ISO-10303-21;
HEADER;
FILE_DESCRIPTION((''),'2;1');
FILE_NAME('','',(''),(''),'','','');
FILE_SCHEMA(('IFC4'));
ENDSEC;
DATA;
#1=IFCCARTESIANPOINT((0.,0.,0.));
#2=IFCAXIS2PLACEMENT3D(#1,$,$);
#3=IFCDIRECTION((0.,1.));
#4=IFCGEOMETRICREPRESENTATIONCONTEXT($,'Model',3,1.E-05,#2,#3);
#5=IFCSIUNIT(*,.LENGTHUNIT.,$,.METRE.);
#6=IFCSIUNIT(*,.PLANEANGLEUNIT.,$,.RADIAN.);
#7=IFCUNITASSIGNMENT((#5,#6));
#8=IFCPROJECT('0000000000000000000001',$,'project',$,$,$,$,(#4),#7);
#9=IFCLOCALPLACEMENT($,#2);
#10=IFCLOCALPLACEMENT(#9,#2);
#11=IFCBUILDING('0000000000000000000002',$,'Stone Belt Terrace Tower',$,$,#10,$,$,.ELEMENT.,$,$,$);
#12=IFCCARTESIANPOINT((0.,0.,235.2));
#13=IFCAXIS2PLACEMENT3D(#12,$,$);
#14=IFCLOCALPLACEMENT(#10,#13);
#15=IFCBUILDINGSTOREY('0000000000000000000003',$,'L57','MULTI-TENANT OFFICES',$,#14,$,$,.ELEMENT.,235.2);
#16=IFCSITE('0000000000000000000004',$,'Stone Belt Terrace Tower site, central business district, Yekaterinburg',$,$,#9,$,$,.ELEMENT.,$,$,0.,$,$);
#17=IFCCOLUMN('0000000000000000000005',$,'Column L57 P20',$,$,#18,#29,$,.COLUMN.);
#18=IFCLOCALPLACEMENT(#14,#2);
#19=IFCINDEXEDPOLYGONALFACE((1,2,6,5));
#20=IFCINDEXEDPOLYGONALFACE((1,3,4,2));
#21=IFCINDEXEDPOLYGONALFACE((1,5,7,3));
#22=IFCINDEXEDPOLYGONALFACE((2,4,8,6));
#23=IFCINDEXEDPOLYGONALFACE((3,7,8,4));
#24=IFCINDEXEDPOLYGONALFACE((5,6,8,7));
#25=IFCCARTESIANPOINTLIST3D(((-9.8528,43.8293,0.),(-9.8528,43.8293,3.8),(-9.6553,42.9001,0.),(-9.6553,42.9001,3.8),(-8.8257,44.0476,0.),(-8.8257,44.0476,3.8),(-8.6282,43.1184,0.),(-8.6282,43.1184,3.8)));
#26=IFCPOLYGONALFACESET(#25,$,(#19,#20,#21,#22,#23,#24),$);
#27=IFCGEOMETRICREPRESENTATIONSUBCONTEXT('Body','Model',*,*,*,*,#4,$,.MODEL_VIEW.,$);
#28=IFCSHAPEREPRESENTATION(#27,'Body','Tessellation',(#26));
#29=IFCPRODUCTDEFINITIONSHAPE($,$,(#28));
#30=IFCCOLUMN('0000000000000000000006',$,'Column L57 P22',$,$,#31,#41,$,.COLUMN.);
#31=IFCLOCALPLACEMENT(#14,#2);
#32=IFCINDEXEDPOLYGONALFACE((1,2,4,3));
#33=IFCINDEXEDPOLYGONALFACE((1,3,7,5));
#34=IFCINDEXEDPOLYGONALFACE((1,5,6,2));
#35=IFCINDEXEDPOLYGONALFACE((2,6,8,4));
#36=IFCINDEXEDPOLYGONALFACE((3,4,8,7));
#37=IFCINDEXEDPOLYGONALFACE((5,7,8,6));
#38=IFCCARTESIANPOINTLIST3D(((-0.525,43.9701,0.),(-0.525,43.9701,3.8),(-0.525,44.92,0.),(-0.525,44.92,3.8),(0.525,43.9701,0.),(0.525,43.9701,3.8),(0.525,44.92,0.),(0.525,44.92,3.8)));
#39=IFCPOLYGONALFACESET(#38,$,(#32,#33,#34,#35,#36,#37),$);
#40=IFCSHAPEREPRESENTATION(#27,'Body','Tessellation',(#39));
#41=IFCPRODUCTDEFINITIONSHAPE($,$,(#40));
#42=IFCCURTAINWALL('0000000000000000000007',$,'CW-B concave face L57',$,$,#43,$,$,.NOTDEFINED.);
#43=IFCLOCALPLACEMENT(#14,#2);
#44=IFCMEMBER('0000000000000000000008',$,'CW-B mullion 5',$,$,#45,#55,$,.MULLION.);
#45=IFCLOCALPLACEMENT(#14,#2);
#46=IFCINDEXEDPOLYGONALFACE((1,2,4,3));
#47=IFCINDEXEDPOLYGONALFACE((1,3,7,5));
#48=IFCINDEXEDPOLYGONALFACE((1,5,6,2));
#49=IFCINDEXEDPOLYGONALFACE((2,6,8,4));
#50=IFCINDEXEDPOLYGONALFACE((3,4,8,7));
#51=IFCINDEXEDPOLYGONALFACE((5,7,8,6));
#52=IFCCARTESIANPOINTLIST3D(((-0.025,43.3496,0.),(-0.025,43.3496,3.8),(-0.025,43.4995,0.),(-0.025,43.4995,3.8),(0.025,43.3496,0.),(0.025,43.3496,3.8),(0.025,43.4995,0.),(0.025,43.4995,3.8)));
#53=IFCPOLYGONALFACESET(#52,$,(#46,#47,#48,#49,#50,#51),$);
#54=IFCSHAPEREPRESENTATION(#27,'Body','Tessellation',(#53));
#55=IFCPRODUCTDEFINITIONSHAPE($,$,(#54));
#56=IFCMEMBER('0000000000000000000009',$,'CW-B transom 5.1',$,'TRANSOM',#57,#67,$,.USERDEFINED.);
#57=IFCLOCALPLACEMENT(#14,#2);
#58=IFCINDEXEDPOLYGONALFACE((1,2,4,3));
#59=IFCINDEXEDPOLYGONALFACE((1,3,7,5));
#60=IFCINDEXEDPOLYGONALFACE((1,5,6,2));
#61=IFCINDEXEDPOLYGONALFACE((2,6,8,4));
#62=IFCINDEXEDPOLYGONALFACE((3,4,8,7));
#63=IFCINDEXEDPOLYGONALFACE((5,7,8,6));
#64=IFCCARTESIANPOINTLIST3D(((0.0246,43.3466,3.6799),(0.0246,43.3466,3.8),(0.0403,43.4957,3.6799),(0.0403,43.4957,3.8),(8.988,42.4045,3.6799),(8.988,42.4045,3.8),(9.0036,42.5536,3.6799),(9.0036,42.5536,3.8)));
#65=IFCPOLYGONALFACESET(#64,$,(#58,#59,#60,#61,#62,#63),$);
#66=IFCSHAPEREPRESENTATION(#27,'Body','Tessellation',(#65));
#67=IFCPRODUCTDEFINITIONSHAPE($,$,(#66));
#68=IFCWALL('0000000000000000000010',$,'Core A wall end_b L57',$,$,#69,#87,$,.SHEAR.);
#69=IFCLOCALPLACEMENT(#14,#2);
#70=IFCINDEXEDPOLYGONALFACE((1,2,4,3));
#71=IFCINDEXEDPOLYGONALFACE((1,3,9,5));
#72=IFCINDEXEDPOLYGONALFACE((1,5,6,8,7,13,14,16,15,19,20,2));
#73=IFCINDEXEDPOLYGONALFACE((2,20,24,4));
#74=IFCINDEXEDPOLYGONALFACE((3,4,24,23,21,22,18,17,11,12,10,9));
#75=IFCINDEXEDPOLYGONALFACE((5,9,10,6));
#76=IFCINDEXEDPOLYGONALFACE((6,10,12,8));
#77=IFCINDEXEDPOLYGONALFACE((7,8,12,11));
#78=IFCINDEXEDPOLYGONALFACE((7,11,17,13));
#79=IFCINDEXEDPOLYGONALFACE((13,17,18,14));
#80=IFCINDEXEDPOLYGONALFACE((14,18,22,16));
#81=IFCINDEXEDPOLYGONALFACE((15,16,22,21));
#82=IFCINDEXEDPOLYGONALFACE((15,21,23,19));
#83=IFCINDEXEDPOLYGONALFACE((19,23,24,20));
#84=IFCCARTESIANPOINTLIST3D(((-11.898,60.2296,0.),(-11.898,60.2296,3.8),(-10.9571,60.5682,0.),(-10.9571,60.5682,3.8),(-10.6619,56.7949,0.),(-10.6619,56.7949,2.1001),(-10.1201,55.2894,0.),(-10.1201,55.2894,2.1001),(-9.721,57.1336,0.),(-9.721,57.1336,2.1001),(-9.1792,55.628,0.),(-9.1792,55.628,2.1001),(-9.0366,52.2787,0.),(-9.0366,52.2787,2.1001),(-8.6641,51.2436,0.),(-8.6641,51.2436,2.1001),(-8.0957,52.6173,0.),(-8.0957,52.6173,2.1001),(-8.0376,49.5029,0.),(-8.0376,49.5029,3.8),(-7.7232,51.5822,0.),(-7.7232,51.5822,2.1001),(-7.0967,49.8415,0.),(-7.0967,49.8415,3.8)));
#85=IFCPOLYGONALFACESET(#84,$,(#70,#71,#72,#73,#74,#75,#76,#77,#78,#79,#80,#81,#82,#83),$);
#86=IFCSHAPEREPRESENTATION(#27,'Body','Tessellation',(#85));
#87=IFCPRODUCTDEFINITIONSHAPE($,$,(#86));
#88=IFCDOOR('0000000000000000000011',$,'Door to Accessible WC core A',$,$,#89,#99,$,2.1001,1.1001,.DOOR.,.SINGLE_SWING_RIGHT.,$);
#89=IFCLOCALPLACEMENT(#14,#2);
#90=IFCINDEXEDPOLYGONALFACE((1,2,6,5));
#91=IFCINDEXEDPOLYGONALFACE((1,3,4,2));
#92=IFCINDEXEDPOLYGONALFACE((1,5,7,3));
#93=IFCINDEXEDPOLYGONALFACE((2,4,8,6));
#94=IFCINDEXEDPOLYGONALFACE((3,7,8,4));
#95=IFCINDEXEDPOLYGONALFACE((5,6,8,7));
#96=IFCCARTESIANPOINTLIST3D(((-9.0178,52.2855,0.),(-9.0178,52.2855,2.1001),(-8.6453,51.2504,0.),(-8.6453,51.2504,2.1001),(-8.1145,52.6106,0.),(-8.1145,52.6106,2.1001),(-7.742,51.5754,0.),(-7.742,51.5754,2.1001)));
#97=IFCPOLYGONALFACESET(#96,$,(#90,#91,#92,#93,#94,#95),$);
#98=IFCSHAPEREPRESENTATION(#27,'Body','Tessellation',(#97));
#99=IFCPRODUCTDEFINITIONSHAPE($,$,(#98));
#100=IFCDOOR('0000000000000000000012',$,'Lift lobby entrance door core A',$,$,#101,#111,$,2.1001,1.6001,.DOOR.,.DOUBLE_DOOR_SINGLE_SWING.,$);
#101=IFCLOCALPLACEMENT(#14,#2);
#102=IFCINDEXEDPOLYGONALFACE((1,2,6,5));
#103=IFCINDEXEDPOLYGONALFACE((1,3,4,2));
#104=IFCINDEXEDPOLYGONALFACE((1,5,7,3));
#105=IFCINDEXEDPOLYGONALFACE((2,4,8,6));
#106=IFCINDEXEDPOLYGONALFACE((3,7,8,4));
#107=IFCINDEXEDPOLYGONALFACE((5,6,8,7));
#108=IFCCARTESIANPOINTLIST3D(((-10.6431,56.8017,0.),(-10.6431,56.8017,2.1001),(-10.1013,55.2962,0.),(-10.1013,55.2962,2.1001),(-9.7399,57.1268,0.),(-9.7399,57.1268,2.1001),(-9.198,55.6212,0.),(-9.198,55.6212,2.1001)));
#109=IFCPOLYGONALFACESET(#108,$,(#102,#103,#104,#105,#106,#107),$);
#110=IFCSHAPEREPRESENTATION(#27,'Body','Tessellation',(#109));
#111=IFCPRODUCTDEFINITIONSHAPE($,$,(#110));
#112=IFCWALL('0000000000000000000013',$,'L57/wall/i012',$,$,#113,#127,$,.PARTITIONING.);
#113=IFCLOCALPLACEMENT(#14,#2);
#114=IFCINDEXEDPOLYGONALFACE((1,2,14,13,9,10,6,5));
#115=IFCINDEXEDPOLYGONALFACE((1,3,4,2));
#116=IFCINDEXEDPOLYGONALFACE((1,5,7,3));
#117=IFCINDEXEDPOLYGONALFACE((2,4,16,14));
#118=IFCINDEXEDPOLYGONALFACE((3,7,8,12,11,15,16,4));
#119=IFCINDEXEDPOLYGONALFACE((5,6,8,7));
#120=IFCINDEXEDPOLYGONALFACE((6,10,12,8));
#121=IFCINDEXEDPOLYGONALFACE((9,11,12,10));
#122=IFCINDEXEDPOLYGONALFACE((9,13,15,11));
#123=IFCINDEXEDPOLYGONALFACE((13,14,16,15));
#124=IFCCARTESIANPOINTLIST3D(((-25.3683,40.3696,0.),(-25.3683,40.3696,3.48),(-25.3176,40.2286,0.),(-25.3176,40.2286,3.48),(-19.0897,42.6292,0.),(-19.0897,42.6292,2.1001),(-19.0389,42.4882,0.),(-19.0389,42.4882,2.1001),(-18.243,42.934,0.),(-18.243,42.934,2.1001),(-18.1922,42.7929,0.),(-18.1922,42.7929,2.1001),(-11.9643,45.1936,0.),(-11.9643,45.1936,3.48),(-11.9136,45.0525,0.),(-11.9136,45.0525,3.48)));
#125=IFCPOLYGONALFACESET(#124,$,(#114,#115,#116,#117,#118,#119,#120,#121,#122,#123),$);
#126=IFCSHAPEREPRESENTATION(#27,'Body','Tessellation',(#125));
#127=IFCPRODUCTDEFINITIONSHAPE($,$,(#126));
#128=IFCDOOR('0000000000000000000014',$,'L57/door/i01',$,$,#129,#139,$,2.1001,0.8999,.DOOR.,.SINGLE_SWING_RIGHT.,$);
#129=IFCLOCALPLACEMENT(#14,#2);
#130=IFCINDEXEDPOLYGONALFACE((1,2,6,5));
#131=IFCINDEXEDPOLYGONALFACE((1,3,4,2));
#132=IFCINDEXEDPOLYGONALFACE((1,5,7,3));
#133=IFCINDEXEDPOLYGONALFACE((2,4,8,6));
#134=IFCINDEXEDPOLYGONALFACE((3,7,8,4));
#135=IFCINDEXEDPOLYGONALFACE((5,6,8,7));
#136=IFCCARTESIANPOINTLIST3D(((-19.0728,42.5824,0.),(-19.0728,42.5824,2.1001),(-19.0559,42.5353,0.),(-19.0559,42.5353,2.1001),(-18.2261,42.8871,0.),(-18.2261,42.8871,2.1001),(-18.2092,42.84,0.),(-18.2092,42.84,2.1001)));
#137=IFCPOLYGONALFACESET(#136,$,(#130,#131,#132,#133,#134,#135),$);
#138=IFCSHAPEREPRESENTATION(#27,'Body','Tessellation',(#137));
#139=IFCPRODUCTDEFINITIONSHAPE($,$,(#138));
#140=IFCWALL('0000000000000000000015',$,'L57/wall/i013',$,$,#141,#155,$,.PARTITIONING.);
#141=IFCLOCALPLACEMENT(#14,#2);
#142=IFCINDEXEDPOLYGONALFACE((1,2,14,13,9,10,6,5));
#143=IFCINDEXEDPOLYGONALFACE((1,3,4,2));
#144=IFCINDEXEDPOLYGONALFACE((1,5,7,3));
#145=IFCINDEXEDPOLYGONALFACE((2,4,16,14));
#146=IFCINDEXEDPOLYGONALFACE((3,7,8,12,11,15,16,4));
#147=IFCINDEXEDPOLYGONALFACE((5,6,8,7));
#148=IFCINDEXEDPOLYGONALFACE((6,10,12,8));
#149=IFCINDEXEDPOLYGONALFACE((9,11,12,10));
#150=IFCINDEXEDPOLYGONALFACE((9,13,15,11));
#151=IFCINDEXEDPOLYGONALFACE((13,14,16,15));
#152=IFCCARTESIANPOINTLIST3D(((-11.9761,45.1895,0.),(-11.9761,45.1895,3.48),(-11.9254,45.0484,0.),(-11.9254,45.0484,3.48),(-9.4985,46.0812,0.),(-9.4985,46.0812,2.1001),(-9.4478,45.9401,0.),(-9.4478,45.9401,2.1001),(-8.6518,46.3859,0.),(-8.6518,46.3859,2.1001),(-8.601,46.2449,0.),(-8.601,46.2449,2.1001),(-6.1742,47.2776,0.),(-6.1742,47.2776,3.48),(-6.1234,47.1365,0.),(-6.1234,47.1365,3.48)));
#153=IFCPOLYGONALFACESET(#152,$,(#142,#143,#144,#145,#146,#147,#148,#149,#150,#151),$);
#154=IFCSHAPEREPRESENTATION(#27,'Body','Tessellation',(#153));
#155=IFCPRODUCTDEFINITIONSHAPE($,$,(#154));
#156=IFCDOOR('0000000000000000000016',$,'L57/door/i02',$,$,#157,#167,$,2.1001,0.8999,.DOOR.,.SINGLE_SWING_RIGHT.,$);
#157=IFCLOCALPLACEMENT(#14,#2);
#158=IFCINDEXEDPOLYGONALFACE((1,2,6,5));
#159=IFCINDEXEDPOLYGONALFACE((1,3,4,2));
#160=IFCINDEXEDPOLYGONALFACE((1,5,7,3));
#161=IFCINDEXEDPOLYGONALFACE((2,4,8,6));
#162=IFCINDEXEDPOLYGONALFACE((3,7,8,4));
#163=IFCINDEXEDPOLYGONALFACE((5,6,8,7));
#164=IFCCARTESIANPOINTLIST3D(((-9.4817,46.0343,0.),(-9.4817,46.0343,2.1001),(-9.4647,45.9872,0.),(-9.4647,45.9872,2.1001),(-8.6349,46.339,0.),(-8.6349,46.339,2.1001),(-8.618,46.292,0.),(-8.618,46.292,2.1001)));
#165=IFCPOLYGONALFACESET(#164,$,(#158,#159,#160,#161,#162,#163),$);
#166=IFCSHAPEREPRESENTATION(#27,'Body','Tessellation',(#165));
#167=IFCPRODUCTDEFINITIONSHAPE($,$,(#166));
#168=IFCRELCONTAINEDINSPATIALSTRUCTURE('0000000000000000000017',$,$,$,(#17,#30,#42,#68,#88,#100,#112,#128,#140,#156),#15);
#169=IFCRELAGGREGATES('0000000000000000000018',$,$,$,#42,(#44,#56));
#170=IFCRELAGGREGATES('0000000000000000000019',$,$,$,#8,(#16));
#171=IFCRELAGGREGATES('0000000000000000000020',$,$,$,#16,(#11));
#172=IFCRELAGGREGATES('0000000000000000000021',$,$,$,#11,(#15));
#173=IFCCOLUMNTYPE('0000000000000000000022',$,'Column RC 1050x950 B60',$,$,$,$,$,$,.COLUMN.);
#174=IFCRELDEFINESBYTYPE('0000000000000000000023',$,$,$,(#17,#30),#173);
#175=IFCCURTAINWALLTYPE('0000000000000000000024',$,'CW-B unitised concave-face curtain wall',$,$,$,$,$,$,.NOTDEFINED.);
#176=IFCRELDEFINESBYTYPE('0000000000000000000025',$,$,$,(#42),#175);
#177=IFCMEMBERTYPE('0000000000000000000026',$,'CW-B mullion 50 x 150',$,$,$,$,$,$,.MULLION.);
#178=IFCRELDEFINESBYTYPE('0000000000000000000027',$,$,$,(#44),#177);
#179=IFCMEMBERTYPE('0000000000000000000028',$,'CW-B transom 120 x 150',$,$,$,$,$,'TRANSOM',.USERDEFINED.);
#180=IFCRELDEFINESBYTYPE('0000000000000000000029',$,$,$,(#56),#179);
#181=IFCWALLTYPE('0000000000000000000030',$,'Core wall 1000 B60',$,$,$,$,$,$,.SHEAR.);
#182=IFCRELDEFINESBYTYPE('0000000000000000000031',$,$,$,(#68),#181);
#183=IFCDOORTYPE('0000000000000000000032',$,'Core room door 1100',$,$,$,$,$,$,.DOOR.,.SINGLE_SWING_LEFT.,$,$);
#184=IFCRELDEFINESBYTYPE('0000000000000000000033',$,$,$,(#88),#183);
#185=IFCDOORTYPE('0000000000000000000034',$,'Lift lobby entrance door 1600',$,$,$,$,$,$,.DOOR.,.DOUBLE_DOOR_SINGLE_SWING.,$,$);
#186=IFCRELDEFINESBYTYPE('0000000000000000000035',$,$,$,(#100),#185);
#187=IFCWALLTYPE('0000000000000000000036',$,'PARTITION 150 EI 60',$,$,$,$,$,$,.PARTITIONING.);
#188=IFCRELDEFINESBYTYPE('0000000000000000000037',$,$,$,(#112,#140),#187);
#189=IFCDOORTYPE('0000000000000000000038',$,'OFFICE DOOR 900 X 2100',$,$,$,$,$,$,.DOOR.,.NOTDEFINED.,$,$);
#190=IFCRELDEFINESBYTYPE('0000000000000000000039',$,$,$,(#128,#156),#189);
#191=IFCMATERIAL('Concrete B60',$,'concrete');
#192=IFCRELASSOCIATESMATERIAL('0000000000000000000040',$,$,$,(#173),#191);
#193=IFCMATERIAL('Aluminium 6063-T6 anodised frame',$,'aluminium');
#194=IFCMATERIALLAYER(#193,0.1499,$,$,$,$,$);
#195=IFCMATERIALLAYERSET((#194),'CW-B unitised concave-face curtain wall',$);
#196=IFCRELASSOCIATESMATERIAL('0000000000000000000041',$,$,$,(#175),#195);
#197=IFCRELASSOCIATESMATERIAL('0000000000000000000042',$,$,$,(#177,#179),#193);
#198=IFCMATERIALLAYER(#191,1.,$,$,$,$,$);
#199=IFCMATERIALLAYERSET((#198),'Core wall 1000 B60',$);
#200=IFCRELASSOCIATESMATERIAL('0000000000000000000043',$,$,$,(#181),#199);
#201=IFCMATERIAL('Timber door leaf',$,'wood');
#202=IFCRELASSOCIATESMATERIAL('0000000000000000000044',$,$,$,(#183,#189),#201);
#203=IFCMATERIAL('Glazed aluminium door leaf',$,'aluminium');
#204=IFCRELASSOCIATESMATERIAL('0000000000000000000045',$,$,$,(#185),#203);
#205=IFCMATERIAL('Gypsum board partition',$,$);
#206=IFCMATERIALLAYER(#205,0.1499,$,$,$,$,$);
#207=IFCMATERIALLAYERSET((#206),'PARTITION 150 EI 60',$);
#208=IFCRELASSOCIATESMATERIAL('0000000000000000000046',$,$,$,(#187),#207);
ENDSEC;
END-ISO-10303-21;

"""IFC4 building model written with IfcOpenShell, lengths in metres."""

from ifc_helpers import new_model, si_unit, direction, frame, frame_2d, origin, origin_2d, place, context, subcontext, project, spatial, rectangle, extrude, material, layer, layer_set, material_profile, profile_set, type_object, element, fill, aggregate, save


model = new_model("IFC4")

# Units and contexts
model_context = context("Model", 3, precision=1e-05, world=origin(), true_north=direction((0.0, 1.0)))
body_context = subcontext(model_context, "Body", "Model", "MODEL_VIEW")
ifc_project = project(units=[si_unit("LENGTHUNIT", "METRE"), si_unit("PLANEANGLEUNIT", "RADIAN")], contexts=[model_context])

# Site, building, storey
site_placement = place(None, origin())
site = spatial("IfcSite", under=ifc_project, at=site_placement, Name="Stone Belt Terrace Tower site, central business district, Yekaterinburg", CompositionType="ELEMENT", RefElevation=0.0)
building_placement = place(site_placement, origin())
building = spatial("IfcBuilding", under=site, at=building_placement, Name="Stone Belt Terrace Tower", CompositionType="ELEMENT")
storey_placement = place(building_placement, frame((0.0, 0.0, 235.2)))
storey = spatial("IfcBuildingStorey", under=building, at=storey_placement, Name="L57", Description="MULTI-TENANT OFFICES", CompositionType="ELEMENT", Elevation=235.2)

# Columns
ifc_material_1 = material(Name="Concrete B60", Category="concrete")
ifc_material_profile_1 = material_profile(ifc_material_1, rectangle(XDim=1.05, YDim=0.95, at=origin_2d()), Name="RC 1050x950")
ifc_profile_set_1 = profile_set([ifc_material_profile_1], Name="Concrete B60")
column_type = type_object("IfcColumnType", Name="Column RC 1050x950 B60", PredefinedType="COLUMN", material=ifc_profile_set_1)
for number, where, z_axis, x_axis, name in (
    (1, (-9.2405, 43.4739, 0.0), (0.0, 0.0, 1.0), (0.978148, 0.207912, 0.0), "Column L57 P20"),
    (2, (0.0, 44.4451, 0.0), (0.0, 0.0, 1.0), (1.0, 0.0, 0.0), "Column L57 P22"),
):
    element("IfcColumn", number, at=place(storey_placement, frame(where, z_axis=z_axis, x_axis=x_axis)), inside=storey, type_object=column_type, Name=name, PredefinedType="COLUMN", context=body_context, shape_type="SweptSolid", body=[
        extrude(rectangle(XDim=1.05, YDim=0.95, at=origin_2d()), origin(), (0.0, 0.0, 1.0), 3.8),
    ])

# Curtain wall, members
ifc_material_2 = material(Name="Aluminium 6063-T6 anodised frame", Category="aluminium")
ifc_layer_1 = layer(ifc_material_2, 0.1499)
ifc_layer_set_1 = layer_set([ifc_layer_1], Name="CW-B unitised concave-face curtain wall")
curtain_wall_type = type_object("IfcCurtainWallType", Name="CW-B unitised concave-face curtain wall", PredefinedType="NOTDEFINED", material=ifc_layer_set_1)
curtain_wall_placement = place(storey_placement, origin())
curtain_wall = element("IfcCurtainWall", 3, at=curtain_wall_placement, inside=storey, type_object=curtain_wall_type, Name="CW-B concave face L57", PredefinedType="NOTDEFINED")
ifc_material_profile_2 = material_profile(ifc_material_2, rectangle(XDim=0.1499, YDim=0.05, at=origin_2d()), Name="Aluminium 6063-T6 50x150")
ifc_profile_set_2 = profile_set([ifc_material_profile_2], Name="Aluminium 6063-T6 anodised frame")
member_type_1 = type_object("IfcMemberType", Name="CW-B mullion 50 x 150", PredefinedType="MULLION", material=ifc_profile_set_2)
member_1_placement = place(storey_placement, frame((0.0, 43.4246, 0.0), z_axis=(0.0, 0.0, 1.0), x_axis=(0.0, 1.0, 0.0)))
member_1 = element("IfcMember", 4, at=member_1_placement, type_object=member_type_1, Name="CW-B mullion 5", PredefinedType="MULLION", context=body_context, shape_type="SweptSolid", body=[
    extrude(rectangle(XDim=0.1499, YDim=0.05, at=origin_2d()), origin(), (0.0, 0.0, 1.0), 3.8),
])
ifc_material_profile_3 = material_profile(ifc_material_2, rectangle(XDim=0.1499, YDim=0.1201, at=origin_2d()), Name="Aluminium 6063-T6 150x120")
ifc_profile_set_3 = profile_set([ifc_material_profile_3], Name="Aluminium 6063-T6 anodised frame")
member_type_2 = type_object("IfcMemberType", Name="CW-B transom 120 x 150", ElementType="TRANSOM", PredefinedType="USERDEFINED", material=ifc_profile_set_3)
member_2_placement = place(storey_placement, frame((0.0325, 43.4211, 3.74), z_axis=(0.994521, -0.104534, 0.0), x_axis=(0.104534, 0.994521, 0.0)))
member_2 = element("IfcMember", 5, at=member_2_placement, type_object=member_type_2, Name="CW-B transom 5.1", ObjectType="TRANSOM", PredefinedType="USERDEFINED", context=body_context, shape_type="SweptSolid", body=[
    extrude(rectangle(XDim=0.1499, YDim=0.1201, at=origin_2d()), origin(), (0.0, 0.0, 1.0), 9.0127),
])
aggregate(curtain_wall, [member_1, member_2])

# Wall, openings, doors
ifc_layer_2 = layer(ifc_material_1, 1.0)
ifc_layer_set_2 = layer_set([ifc_layer_2], Name="Core wall 1000 B60")
wall_type_1 = type_object("IfcWallType", Name="Core wall 1000 B60", PredefinedType="SHEAR", material=ifc_layer_set_2)
wall_1_placement = place(storey_placement, frame((-7.5671, 49.6721, 0.0), z_axis=(0.0, 0.0, 1.0), x_axis=(-0.338625, 0.940921, 0.0)))
wall_1 = element("IfcWall", 6, at=wall_1_placement, inside=storey, type_object=wall_type_1, Name="Core A wall end_b L57", PredefinedType="SHEAR", context=body_context, shape_type="SweptSolid", body=[
    extrude(rectangle(XDim=11.4001, YDim=1.0, at=frame_2d((5.7002, 0.0))), origin(), (0.0, 0.0, 1.0), 3.8),
])
opening_1_placement = place(wall_1_placement, frame((6.1499, 0.0, 0.0)))
opening_1 = element("IfcOpeningElement", 7, at=opening_1_placement, cuts=wall_1, PredefinedType="OPENING", context=body_context, shape_type="SweptSolid", body=[
    extrude(rectangle(XDim=1.6001, YDim=2.1001, at=frame_2d((0.8, 1.05))), frame((0.0, 0.51, 0.0), z_axis=(0.0, -1.0, 0.0), x_axis=(1.0, 0.0, 0.0)), (0.0, 0.0, 1.0), 1.02),
])
opening_2_placement = place(wall_1_placement, frame((1.8501, 0.0, 0.0)))
opening_2 = element("IfcOpeningElement", 8, at=opening_2_placement, cuts=wall_1, PredefinedType="OPENING", context=body_context, shape_type="SweptSolid", body=[
    extrude(rectangle(XDim=1.1001, YDim=2.1001, at=frame_2d((0.55, 1.05))), frame((0.0, 0.51, 0.0), z_axis=(0.0, -1.0, 0.0), x_axis=(1.0, 0.0, 0.0)), (0.0, 0.0, 1.0), 1.02),
])
ifc_material_3 = material(Name="Timber door leaf", Category="wood")
door_type_1 = type_object("IfcDoorType", Name="Core room door 1100", OperationType="SINGLE_SWING_LEFT", PredefinedType="DOOR", material=ifc_material_3)
door_1_placement = place(opening_2_placement, origin())
door_1 = element("IfcDoor", 9, at=door_1_placement, inside=storey, type_object=door_type_1, Name="Door to Accessible WC core A", OperationType="SINGLE_SWING_RIGHT", OverallHeight=2.1001, OverallWidth=1.1001, PredefinedType="DOOR", context=body_context, shape_type="SweptSolid", body=[
    extrude(rectangle(XDim=1.1001, YDim=2.1001, at=frame_2d((0.55, 1.05))), frame((0.0, 0.48, 0.0), z_axis=(0.0, -1.0, 0.0), x_axis=(1.0, 0.0, 0.0)), (0.0, 0.0, 1.0), 0.96),
])
fill(opening_2, door_1)
ifc_material_4 = material(Name="Glazed aluminium door leaf", Category="aluminium")
door_type_2 = type_object("IfcDoorType", Name="Lift lobby entrance door 1600", OperationType="DOUBLE_DOOR_SINGLE_SWING", PredefinedType="DOOR", material=ifc_material_4)
door_2_placement = place(opening_1_placement, origin())
door_2 = element("IfcDoor", 10, at=door_2_placement, inside=storey, type_object=door_type_2, Name="Lift lobby entrance door core A", OperationType="DOUBLE_DOOR_SINGLE_SWING", OverallHeight=2.1001, OverallWidth=1.6001, PredefinedType="DOOR", context=body_context, shape_type="SweptSolid", body=[
    extrude(rectangle(XDim=1.6001, YDim=2.1001, at=frame_2d((0.8, 1.05))), frame((0.0, 0.48, 0.0), z_axis=(0.0, -1.0, 0.0), x_axis=(1.0, 0.0, 0.0)), (0.0, 0.0, 1.0), 0.96),
])
fill(opening_1, door_2)

# Walls, openings, doors
ifc_material_5 = material(Name="Gypsum board partition")
ifc_layer_3 = layer(ifc_material_5, 0.1499)
ifc_layer_set_3 = layer_set([ifc_layer_3], Name="PARTITION 150 EI 60")
wall_type_2 = type_object("IfcWallType", Name="PARTITION 150 EI 60", PredefinedType="PARTITIONING", material=ifc_layer_set_3)
wall_2_placement = place(storey_placement, frame((-11.939, 45.123, 0.0), z_axis=(0.0, 0.0, 1.0), x_axis=(-0.940921, -0.338627, 0.0)))
wall_2 = element("IfcWall", 11, at=wall_2_placement, inside=storey, type_object=wall_type_2, Name="L57/wall/i012", PredefinedType="PARTITIONING", context=body_context, shape_type="SweptSolid", body=[
    extrude(rectangle(XDim=14.2456, YDim=0.1499, at=frame_2d((7.1228, 0.0))), origin(), (0.0, 0.0, 1.0), 3.48),
])
opening_3_placement = place(wall_2_placement, frame((6.6729, 0.0, 0.0)))
opening_3 = element("IfcOpeningElement", 12, at=opening_3_placement, cuts=wall_2, PredefinedType="OPENING", context=body_context, shape_type="SweptSolid", body=[
    extrude(rectangle(XDim=0.8999, YDim=2.1001, at=frame_2d((0.45, 1.05))), frame((0.0, 0.085, 0.0), z_axis=(0.0, -1.0, 0.0), x_axis=(1.0, 0.0, 0.0)), (0.0, 0.0, 1.0), 0.1699),
])
door_type_3 = type_object("IfcDoorType", Name="OFFICE DOOR 900 X 2100", OperationType="NOTDEFINED", PredefinedType="DOOR", material=ifc_material_3)
door_3_placement = place(opening_3_placement, origin())
door_3 = element("IfcDoor", 13, at=door_3_placement, inside=storey, type_object=door_type_3, Name="L57/door/i01", OperationType="SINGLE_SWING_RIGHT", OverallHeight=2.1001, OverallWidth=0.8999, PredefinedType="DOOR", context=body_context, shape_type="SweptSolid", body=[
    extrude(rectangle(XDim=0.8999, YDim=2.1001, at=frame_2d((0.45, 1.05))), frame((0.0, 0.0249, 0.0), z_axis=(0.0, -1.0, 0.0), x_axis=(1.0, 0.0, 0.0)), (0.0, 0.0, 1.0), 0.05),
])
fill(opening_3, door_3)
wall_3_placement = place(storey_placement, frame((-6.1489, 47.207, 0.0), z_axis=(0.0, 0.0, 1.0), x_axis=(-0.940918, -0.338635, 0.0)))
wall_3 = element("IfcWall", 14, at=wall_3_placement, inside=storey, type_object=wall_type_2, Name="L57/wall/i013", PredefinedType="PARTITIONING", context=body_context, shape_type="SweptSolid", body=[
    extrude(rectangle(XDim=6.1663, YDim=0.1499, at=frame_2d((3.083, 0.0))), origin(), (0.0, 0.0, 1.0), 3.48),
])
opening_4_placement = place(wall_3_placement, frame((2.6331, 0.0, 0.0)))
opening_4 = element("IfcOpeningElement", 15, at=opening_4_placement, cuts=wall_3, PredefinedType="OPENING", context=body_context, shape_type="SweptSolid", body=[
    extrude(rectangle(XDim=0.8999, YDim=2.1001, at=frame_2d((0.45, 1.05))), frame((0.0, 0.085, 0.0), z_axis=(0.0, -1.0, 0.0), x_axis=(1.0, 0.0, 0.0)), (0.0, 0.0, 1.0), 0.1699),
])
door_4_placement = place(opening_4_placement, origin())
door_4 = element("IfcDoor", 16, at=door_4_placement, inside=storey, type_object=door_type_3, Name="L57/door/i02", OperationType="SINGLE_SWING_RIGHT", OverallHeight=2.1001, OverallWidth=0.8999, PredefinedType="DOOR", context=body_context, shape_type="SweptSolid", body=[
    extrude(rectangle(XDim=0.8999, YDim=2.1001, at=frame_2d((0.45, 1.05))), frame((0.0, 0.0249, 0.0), z_axis=(0.0, -1.0, 0.0), x_axis=(1.0, 0.0, 0.0)), (0.0, 0.0, 1.0), 0.05),
])
fill(opening_4, door_4)

save(model, "model.ifc")
